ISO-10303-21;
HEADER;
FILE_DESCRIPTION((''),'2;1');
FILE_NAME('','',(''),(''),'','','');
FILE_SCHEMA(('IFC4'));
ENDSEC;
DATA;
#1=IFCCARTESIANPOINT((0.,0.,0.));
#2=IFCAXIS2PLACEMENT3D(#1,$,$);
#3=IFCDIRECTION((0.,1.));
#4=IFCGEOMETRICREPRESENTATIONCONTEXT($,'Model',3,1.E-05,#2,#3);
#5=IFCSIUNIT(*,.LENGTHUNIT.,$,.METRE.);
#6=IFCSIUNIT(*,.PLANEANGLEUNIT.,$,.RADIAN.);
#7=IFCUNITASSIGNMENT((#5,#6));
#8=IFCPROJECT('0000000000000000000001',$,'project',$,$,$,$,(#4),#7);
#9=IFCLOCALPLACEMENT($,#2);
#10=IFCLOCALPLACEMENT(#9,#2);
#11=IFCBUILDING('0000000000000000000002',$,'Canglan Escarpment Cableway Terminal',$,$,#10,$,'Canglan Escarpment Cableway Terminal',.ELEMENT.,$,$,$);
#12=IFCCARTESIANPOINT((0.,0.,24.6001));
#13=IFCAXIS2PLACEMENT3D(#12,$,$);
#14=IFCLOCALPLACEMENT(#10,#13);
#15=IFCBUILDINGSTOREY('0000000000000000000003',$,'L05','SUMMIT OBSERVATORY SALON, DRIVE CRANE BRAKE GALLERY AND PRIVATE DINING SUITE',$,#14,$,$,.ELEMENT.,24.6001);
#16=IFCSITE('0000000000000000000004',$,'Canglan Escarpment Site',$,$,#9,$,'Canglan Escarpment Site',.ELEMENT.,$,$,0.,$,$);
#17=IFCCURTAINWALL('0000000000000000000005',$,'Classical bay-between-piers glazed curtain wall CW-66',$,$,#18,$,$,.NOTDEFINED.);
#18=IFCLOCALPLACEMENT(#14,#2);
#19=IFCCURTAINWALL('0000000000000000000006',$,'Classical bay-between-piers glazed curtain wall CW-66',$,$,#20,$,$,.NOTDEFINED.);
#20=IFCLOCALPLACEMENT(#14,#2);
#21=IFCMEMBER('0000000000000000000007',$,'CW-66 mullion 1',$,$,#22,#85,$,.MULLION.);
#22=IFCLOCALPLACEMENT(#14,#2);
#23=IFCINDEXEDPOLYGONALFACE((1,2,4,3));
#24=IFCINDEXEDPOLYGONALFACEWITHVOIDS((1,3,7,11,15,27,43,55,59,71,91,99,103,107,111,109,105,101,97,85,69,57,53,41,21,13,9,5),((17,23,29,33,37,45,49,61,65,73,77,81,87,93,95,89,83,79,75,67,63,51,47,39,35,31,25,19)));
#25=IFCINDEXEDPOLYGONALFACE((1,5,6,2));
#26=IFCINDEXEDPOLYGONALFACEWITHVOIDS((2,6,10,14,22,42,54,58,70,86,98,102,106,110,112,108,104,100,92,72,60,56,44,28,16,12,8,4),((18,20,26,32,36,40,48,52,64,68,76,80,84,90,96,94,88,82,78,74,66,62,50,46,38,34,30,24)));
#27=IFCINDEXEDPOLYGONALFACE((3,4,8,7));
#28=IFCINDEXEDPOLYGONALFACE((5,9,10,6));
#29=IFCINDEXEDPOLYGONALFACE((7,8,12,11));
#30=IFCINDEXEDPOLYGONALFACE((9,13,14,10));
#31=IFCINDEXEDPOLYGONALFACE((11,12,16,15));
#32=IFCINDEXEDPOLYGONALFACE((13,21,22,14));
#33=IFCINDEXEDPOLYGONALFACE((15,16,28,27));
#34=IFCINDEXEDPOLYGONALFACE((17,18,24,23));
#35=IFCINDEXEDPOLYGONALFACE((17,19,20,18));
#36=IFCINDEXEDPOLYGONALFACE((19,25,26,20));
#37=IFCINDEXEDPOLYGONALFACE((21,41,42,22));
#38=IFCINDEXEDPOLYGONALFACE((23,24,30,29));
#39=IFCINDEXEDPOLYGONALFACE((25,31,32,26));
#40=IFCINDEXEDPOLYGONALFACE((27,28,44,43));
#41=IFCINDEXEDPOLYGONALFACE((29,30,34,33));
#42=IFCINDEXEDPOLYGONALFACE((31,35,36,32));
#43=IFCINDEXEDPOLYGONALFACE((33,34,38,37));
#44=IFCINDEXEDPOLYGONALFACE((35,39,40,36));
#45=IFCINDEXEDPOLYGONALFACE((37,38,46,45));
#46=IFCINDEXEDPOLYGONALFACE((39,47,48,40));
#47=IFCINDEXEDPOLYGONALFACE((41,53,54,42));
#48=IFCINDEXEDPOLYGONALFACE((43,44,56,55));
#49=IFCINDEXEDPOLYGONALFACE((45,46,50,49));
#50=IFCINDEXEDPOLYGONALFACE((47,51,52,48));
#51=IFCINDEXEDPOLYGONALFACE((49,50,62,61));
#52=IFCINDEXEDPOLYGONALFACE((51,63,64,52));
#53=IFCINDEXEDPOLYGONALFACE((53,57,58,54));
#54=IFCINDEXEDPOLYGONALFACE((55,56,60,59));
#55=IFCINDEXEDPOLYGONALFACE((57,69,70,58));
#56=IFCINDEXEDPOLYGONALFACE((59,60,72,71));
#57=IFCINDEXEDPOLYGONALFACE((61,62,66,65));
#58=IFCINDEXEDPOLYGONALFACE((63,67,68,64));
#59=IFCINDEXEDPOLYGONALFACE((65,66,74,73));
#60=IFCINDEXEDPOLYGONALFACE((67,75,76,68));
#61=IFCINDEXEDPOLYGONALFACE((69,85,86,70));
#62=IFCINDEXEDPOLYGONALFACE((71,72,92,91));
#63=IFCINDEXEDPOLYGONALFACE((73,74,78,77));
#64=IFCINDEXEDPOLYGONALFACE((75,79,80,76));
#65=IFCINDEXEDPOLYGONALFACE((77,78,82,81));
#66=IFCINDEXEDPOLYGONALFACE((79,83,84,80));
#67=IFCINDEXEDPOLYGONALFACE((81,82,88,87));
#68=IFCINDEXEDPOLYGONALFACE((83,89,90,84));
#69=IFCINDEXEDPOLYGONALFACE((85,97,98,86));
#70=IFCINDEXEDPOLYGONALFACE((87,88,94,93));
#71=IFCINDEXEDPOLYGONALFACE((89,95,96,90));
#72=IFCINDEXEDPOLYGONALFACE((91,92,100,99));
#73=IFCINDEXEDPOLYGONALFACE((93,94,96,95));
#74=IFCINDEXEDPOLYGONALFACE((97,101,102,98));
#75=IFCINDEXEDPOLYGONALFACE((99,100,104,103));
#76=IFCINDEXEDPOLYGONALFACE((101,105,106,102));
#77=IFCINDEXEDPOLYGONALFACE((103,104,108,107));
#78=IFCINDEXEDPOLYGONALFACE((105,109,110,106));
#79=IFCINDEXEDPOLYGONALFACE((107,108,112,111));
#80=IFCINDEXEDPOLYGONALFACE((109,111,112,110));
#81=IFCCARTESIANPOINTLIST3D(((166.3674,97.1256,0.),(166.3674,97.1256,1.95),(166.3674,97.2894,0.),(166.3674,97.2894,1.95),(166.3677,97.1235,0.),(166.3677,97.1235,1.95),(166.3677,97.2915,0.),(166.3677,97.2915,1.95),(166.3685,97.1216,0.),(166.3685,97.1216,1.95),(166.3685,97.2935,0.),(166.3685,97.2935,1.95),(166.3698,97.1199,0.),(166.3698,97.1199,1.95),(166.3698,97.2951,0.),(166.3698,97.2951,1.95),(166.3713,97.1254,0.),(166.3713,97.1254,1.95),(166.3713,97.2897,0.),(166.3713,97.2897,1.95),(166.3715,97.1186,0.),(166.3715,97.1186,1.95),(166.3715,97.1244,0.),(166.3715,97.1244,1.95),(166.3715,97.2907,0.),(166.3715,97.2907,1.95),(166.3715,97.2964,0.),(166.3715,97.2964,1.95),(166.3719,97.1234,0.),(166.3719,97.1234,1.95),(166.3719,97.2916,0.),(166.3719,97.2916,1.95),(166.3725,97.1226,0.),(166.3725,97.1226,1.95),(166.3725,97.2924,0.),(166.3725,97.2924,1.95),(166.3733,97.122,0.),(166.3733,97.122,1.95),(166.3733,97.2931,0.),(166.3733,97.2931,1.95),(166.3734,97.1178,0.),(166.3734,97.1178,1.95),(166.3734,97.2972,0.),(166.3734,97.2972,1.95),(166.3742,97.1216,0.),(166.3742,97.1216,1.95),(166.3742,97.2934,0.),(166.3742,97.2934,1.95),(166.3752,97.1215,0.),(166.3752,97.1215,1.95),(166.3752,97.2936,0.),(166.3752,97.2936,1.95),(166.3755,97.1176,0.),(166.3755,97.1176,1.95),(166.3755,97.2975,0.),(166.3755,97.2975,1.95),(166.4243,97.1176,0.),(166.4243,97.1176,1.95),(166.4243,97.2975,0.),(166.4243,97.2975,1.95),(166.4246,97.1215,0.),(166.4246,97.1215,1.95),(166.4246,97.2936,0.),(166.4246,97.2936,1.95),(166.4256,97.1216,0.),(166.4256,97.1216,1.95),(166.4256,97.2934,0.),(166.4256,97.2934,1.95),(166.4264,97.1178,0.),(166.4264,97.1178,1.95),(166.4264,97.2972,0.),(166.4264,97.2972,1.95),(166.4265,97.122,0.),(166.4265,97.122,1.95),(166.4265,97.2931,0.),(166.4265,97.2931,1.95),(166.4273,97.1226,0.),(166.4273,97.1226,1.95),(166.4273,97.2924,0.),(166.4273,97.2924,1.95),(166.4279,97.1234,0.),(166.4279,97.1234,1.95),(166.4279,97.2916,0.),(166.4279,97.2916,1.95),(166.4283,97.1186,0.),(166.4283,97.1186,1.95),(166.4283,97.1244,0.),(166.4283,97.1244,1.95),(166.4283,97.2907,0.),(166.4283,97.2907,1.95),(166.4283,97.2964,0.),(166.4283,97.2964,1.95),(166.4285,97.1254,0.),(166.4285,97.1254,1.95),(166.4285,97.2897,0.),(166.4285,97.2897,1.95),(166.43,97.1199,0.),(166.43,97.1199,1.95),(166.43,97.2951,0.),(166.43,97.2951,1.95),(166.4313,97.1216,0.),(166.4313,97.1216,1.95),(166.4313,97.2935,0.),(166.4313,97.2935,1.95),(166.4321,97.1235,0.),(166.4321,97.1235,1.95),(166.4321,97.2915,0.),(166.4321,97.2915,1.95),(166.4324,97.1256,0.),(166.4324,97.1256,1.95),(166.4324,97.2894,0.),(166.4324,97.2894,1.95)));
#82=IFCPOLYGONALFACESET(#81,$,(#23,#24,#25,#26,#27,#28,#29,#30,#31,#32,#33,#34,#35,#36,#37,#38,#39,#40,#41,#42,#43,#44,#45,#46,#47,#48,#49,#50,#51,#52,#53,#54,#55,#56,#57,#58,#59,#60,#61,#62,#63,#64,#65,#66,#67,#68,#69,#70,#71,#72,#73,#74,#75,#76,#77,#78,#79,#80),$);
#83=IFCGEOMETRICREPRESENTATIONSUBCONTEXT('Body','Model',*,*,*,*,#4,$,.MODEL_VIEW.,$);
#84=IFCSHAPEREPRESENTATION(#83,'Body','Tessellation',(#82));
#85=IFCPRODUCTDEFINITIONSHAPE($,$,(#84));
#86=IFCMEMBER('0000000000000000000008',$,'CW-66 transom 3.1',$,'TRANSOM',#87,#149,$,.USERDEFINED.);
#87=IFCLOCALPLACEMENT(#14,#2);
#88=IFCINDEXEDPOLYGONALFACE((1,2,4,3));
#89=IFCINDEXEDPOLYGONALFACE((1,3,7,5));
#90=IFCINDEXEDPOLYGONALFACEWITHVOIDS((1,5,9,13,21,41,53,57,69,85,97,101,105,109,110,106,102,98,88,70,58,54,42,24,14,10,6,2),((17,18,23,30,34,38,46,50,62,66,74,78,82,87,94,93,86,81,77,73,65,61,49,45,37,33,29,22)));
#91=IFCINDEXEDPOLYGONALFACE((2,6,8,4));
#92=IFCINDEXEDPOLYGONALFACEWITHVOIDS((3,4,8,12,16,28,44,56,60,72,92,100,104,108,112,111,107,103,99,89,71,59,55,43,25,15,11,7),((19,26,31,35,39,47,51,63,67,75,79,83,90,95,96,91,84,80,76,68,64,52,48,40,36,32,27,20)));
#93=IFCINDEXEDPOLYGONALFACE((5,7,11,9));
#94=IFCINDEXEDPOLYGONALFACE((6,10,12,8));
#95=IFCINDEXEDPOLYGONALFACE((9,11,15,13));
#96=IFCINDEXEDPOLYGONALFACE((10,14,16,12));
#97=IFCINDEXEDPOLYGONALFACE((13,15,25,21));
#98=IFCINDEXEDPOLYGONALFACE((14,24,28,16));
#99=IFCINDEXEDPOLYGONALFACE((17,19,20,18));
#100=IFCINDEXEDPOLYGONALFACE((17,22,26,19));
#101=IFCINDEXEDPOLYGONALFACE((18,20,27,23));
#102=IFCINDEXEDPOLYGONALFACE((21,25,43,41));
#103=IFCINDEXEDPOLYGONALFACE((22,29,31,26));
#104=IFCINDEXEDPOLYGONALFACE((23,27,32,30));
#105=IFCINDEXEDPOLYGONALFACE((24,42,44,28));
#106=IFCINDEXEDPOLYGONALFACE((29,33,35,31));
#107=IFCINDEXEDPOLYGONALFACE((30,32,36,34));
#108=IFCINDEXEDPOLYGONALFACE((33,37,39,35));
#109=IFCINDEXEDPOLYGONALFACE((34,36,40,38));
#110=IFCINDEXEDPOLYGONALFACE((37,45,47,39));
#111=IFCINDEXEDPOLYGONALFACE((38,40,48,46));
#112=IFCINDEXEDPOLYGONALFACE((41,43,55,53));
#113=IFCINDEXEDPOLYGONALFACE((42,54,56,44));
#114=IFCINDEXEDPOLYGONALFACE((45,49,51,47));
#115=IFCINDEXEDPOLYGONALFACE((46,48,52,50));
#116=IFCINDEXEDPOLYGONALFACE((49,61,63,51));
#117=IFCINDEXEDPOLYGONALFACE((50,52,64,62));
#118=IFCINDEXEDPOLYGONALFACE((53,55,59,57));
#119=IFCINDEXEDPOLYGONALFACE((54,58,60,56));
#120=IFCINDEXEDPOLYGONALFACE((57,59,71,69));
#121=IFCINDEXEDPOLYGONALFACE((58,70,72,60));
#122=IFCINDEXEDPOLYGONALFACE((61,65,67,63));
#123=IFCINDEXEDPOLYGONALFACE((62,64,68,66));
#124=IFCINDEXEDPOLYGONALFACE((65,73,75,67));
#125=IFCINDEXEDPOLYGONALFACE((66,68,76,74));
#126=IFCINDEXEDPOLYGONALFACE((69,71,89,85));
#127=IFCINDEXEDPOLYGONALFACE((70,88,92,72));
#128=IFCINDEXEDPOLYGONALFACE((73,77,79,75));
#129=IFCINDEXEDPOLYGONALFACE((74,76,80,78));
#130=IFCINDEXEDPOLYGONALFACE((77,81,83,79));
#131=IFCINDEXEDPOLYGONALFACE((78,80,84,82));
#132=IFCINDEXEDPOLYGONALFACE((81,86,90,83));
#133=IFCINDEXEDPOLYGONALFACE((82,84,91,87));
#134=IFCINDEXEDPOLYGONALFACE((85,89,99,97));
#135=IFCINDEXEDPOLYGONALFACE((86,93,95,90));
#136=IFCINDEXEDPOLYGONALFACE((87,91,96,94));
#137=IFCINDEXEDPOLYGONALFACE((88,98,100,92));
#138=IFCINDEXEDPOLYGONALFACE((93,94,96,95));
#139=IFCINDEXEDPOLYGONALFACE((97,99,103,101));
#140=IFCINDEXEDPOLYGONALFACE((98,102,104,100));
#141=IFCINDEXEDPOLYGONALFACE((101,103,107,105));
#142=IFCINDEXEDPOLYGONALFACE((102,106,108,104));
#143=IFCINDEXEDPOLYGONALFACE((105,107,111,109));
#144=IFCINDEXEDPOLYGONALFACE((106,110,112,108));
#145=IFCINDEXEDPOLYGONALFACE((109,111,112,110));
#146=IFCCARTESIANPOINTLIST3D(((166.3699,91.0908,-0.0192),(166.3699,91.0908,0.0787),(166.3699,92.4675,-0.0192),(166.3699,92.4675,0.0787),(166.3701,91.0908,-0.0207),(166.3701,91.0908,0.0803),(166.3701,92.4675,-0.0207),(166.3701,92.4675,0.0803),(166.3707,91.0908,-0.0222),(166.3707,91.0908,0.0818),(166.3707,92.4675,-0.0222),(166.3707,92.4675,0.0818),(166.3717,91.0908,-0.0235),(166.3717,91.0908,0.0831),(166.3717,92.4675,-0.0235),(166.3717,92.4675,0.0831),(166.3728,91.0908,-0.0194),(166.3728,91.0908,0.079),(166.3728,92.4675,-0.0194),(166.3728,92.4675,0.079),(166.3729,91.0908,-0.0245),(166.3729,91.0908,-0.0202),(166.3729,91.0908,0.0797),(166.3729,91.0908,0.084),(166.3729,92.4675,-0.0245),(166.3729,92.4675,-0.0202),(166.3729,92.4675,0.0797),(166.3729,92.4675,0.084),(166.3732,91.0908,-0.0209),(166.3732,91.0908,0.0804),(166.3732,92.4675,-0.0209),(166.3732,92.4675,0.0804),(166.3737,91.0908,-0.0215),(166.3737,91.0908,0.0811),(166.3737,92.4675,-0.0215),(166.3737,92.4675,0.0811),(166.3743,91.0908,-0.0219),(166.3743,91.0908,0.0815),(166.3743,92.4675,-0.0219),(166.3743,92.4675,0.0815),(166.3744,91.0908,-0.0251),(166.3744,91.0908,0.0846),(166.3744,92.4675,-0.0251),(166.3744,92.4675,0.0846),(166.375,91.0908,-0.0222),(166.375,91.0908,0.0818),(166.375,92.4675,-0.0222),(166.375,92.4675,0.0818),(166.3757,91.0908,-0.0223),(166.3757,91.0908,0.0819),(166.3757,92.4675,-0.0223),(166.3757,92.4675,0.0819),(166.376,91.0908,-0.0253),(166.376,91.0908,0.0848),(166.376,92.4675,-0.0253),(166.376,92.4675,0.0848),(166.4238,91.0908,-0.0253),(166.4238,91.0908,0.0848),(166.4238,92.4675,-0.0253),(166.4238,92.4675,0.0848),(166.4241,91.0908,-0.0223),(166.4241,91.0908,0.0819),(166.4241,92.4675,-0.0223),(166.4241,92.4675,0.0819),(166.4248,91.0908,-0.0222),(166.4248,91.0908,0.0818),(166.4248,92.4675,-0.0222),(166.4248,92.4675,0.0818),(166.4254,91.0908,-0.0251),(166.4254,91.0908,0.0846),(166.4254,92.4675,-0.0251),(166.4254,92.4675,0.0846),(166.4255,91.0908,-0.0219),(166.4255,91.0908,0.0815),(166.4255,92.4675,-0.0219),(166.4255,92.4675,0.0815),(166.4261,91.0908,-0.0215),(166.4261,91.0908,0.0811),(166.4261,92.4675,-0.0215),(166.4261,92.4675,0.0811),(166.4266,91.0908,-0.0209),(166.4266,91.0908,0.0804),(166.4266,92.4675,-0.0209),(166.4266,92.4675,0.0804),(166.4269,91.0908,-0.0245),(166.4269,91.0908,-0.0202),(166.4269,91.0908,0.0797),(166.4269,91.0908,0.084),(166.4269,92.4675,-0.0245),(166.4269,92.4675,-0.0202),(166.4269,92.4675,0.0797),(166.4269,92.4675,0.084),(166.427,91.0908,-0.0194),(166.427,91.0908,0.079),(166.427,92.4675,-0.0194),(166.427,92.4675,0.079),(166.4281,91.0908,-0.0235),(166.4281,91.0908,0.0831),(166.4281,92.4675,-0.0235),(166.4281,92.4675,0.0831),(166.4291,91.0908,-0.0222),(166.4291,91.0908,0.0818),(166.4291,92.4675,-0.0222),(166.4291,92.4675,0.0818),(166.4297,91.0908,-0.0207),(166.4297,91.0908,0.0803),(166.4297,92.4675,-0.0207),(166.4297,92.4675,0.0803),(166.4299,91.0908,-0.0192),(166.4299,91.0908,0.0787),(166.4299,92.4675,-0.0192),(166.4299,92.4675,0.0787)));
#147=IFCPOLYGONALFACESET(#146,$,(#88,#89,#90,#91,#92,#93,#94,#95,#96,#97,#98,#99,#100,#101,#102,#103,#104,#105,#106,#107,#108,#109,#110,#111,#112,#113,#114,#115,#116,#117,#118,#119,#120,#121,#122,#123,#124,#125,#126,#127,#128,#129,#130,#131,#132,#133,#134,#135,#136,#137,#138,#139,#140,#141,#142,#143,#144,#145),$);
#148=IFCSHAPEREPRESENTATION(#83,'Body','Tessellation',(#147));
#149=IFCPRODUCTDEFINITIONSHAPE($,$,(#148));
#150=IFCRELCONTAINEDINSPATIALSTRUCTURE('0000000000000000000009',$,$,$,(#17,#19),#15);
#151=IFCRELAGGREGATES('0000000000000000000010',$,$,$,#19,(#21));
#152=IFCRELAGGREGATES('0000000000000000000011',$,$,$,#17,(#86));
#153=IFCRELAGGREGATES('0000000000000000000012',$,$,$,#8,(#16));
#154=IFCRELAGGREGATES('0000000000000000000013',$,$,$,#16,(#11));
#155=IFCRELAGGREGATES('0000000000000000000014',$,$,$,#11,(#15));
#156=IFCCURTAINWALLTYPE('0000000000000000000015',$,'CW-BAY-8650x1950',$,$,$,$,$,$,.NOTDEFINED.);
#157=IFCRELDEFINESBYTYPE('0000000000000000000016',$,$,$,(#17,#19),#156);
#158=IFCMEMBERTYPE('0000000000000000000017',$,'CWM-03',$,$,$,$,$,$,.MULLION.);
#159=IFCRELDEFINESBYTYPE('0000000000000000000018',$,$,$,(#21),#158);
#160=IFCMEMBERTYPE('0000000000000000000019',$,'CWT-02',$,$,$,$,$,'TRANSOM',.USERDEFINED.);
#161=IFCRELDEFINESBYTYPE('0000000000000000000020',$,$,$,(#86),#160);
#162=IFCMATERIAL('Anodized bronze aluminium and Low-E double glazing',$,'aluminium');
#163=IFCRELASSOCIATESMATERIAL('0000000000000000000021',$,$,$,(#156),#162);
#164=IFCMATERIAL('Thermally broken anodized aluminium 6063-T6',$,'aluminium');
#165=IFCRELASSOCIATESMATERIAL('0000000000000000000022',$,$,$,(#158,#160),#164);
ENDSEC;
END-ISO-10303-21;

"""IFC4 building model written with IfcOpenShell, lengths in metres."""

from ifc_helpers import new_model, si_unit, direction, frame, origin, origin_2d, place, context, subcontext, project, spatial, hollow_rectangle, extrude, material, material_profile, profile_set, type_object, element, aggregate, save


model = new_model("IFC4")

# Units and contexts
model_context = context("Model", 3, precision=1e-05, world=origin(), true_north=direction((0.0, 1.0)))
body_context = subcontext(model_context, "Body", "Model", "MODEL_VIEW")
ifc_project = project(units=[si_unit("LENGTHUNIT", "METRE"), si_unit("PLANEANGLEUNIT", "RADIAN")], contexts=[model_context])

# Site, building, storey
site_placement = place(None, origin())
site = spatial("IfcSite", under=ifc_project, at=site_placement, Name="Canglan Escarpment Site", LongName="Canglan Escarpment Site", CompositionType="ELEMENT", RefElevation=0.0)
building_placement = place(site_placement, origin())
building = spatial("IfcBuilding", under=site, at=building_placement, Name="Canglan Escarpment Cableway Terminal", LongName="Canglan Escarpment Cableway Terminal", CompositionType="ELEMENT")
storey_placement = place(building_placement, frame((0.0, 0.0, 24.6001)))
storey = spatial("IfcBuildingStorey", under=building, at=storey_placement, Name="L05", Description="SUMMIT OBSERVATORY SALON, DRIVE CRANE BRAKE GALLERY AND PRIVATE DINING SUITE", CompositionType="ELEMENT", Elevation=24.6001)

# Curtain wall
ifc_material_1 = material(Name="Anodized bronze aluminium and Low-E double glazing", Category="aluminium")
curtain_wall_type = type_object("IfcCurtainWallType", Name="CW-BAY-8650x1950", PredefinedType="NOTDEFINED", material=ifc_material_1)
curtain_wall_1_placement = place(storey_placement, origin())
curtain_wall_1 = element("IfcCurtainWall", 1, at=curtain_wall_1_placement, inside=storey, type_object=curtain_wall_type, Name="Classical bay-between-piers glazed curtain wall CW-66", PredefinedType="NOTDEFINED")
ifc_material_2 = material(Name="Thermally broken anodized aluminium 6063-T6", Category="aluminium")

# Curtain wall, member
curtain_wall_2_placement = place(storey_placement, origin())
curtain_wall_2 = element("IfcCurtainWall", 2, at=curtain_wall_2_placement, inside=storey, type_object=curtain_wall_type, Name="Classical bay-between-piers glazed curtain wall CW-66", PredefinedType="NOTDEFINED")
ifc_material_profile_1 = material_profile(ifc_material_2, hollow_rectangle(XDim=0.0649, YDim=0.1799, WallThickness=0.0039, InnerFilletRadius=0.0039, OuterFilletRadius=0.0081, at=origin_2d()), Name="ALU-MULL 65x180x4")
ifc_profile_set_1 = profile_set([ifc_material_profile_1], Name="Thermally broken anodized aluminium 6063-T6")
member_type_1 = type_object("IfcMemberType", Name="CWM-03", PredefinedType="MULLION", material=ifc_profile_set_1)
member_1_placement = place(storey_placement, frame((166.3999, 97.2075, 0.0), z_axis=(0.0, 0.0, 1.0), x_axis=(-1.0, 0.0, 0.0)))
member_1 = element("IfcMember", 3, at=member_1_placement, type_object=member_type_1, Name="CW-66 mullion 1", PredefinedType="MULLION", context=body_context, shape_type="SweptSolid", body=[
    extrude(hollow_rectangle(XDim=0.0649, YDim=0.1799, WallThickness=0.0039, InnerFilletRadius=0.0039, OuterFilletRadius=0.0081, at=origin_2d()), origin(), (0.0, 0.0, 1.0), 1.95),
])

# Member
ifc_material_profile_2 = material_profile(ifc_material_2, hollow_rectangle(XDim=0.0601, YDim=0.1101, WallThickness=0.0029, InnerFilletRadius=0.0029, OuterFilletRadius=0.0061, at=origin_2d()), Name="ALU-TRAN 60x110x3")
ifc_profile_set_2 = profile_set([ifc_material_profile_2], Name="Thermally broken anodized aluminium 6063-T6")
member_type_2 = type_object("IfcMemberType", Name="CWT-02", ElementType="TRANSOM", PredefinedType="USERDEFINED", material=ifc_profile_set_2)
member_2_placement = place(storey_placement, frame((166.3999, 91.0908, 0.0298), z_axis=(0.0, 1.0, 0.0), x_axis=(-1.0, 0.0, 0.0)))
member_2 = element("IfcMember", 4, at=member_2_placement, type_object=member_type_2, Name="CW-66 transom 3.1", ObjectType="TRANSOM", PredefinedType="USERDEFINED", context=body_context, shape_type="SweptSolid", body=[
    extrude(hollow_rectangle(XDim=0.0601, YDim=0.1101, WallThickness=0.0029, InnerFilletRadius=0.0029, OuterFilletRadius=0.0061, at=origin_2d()), origin(), (0.0, 0.0, 1.0), 1.3767),
])

aggregate(curtain_wall_2, [member_1])
aggregate(curtain_wall_1, [member_2])

save(model, "model.ifc")
